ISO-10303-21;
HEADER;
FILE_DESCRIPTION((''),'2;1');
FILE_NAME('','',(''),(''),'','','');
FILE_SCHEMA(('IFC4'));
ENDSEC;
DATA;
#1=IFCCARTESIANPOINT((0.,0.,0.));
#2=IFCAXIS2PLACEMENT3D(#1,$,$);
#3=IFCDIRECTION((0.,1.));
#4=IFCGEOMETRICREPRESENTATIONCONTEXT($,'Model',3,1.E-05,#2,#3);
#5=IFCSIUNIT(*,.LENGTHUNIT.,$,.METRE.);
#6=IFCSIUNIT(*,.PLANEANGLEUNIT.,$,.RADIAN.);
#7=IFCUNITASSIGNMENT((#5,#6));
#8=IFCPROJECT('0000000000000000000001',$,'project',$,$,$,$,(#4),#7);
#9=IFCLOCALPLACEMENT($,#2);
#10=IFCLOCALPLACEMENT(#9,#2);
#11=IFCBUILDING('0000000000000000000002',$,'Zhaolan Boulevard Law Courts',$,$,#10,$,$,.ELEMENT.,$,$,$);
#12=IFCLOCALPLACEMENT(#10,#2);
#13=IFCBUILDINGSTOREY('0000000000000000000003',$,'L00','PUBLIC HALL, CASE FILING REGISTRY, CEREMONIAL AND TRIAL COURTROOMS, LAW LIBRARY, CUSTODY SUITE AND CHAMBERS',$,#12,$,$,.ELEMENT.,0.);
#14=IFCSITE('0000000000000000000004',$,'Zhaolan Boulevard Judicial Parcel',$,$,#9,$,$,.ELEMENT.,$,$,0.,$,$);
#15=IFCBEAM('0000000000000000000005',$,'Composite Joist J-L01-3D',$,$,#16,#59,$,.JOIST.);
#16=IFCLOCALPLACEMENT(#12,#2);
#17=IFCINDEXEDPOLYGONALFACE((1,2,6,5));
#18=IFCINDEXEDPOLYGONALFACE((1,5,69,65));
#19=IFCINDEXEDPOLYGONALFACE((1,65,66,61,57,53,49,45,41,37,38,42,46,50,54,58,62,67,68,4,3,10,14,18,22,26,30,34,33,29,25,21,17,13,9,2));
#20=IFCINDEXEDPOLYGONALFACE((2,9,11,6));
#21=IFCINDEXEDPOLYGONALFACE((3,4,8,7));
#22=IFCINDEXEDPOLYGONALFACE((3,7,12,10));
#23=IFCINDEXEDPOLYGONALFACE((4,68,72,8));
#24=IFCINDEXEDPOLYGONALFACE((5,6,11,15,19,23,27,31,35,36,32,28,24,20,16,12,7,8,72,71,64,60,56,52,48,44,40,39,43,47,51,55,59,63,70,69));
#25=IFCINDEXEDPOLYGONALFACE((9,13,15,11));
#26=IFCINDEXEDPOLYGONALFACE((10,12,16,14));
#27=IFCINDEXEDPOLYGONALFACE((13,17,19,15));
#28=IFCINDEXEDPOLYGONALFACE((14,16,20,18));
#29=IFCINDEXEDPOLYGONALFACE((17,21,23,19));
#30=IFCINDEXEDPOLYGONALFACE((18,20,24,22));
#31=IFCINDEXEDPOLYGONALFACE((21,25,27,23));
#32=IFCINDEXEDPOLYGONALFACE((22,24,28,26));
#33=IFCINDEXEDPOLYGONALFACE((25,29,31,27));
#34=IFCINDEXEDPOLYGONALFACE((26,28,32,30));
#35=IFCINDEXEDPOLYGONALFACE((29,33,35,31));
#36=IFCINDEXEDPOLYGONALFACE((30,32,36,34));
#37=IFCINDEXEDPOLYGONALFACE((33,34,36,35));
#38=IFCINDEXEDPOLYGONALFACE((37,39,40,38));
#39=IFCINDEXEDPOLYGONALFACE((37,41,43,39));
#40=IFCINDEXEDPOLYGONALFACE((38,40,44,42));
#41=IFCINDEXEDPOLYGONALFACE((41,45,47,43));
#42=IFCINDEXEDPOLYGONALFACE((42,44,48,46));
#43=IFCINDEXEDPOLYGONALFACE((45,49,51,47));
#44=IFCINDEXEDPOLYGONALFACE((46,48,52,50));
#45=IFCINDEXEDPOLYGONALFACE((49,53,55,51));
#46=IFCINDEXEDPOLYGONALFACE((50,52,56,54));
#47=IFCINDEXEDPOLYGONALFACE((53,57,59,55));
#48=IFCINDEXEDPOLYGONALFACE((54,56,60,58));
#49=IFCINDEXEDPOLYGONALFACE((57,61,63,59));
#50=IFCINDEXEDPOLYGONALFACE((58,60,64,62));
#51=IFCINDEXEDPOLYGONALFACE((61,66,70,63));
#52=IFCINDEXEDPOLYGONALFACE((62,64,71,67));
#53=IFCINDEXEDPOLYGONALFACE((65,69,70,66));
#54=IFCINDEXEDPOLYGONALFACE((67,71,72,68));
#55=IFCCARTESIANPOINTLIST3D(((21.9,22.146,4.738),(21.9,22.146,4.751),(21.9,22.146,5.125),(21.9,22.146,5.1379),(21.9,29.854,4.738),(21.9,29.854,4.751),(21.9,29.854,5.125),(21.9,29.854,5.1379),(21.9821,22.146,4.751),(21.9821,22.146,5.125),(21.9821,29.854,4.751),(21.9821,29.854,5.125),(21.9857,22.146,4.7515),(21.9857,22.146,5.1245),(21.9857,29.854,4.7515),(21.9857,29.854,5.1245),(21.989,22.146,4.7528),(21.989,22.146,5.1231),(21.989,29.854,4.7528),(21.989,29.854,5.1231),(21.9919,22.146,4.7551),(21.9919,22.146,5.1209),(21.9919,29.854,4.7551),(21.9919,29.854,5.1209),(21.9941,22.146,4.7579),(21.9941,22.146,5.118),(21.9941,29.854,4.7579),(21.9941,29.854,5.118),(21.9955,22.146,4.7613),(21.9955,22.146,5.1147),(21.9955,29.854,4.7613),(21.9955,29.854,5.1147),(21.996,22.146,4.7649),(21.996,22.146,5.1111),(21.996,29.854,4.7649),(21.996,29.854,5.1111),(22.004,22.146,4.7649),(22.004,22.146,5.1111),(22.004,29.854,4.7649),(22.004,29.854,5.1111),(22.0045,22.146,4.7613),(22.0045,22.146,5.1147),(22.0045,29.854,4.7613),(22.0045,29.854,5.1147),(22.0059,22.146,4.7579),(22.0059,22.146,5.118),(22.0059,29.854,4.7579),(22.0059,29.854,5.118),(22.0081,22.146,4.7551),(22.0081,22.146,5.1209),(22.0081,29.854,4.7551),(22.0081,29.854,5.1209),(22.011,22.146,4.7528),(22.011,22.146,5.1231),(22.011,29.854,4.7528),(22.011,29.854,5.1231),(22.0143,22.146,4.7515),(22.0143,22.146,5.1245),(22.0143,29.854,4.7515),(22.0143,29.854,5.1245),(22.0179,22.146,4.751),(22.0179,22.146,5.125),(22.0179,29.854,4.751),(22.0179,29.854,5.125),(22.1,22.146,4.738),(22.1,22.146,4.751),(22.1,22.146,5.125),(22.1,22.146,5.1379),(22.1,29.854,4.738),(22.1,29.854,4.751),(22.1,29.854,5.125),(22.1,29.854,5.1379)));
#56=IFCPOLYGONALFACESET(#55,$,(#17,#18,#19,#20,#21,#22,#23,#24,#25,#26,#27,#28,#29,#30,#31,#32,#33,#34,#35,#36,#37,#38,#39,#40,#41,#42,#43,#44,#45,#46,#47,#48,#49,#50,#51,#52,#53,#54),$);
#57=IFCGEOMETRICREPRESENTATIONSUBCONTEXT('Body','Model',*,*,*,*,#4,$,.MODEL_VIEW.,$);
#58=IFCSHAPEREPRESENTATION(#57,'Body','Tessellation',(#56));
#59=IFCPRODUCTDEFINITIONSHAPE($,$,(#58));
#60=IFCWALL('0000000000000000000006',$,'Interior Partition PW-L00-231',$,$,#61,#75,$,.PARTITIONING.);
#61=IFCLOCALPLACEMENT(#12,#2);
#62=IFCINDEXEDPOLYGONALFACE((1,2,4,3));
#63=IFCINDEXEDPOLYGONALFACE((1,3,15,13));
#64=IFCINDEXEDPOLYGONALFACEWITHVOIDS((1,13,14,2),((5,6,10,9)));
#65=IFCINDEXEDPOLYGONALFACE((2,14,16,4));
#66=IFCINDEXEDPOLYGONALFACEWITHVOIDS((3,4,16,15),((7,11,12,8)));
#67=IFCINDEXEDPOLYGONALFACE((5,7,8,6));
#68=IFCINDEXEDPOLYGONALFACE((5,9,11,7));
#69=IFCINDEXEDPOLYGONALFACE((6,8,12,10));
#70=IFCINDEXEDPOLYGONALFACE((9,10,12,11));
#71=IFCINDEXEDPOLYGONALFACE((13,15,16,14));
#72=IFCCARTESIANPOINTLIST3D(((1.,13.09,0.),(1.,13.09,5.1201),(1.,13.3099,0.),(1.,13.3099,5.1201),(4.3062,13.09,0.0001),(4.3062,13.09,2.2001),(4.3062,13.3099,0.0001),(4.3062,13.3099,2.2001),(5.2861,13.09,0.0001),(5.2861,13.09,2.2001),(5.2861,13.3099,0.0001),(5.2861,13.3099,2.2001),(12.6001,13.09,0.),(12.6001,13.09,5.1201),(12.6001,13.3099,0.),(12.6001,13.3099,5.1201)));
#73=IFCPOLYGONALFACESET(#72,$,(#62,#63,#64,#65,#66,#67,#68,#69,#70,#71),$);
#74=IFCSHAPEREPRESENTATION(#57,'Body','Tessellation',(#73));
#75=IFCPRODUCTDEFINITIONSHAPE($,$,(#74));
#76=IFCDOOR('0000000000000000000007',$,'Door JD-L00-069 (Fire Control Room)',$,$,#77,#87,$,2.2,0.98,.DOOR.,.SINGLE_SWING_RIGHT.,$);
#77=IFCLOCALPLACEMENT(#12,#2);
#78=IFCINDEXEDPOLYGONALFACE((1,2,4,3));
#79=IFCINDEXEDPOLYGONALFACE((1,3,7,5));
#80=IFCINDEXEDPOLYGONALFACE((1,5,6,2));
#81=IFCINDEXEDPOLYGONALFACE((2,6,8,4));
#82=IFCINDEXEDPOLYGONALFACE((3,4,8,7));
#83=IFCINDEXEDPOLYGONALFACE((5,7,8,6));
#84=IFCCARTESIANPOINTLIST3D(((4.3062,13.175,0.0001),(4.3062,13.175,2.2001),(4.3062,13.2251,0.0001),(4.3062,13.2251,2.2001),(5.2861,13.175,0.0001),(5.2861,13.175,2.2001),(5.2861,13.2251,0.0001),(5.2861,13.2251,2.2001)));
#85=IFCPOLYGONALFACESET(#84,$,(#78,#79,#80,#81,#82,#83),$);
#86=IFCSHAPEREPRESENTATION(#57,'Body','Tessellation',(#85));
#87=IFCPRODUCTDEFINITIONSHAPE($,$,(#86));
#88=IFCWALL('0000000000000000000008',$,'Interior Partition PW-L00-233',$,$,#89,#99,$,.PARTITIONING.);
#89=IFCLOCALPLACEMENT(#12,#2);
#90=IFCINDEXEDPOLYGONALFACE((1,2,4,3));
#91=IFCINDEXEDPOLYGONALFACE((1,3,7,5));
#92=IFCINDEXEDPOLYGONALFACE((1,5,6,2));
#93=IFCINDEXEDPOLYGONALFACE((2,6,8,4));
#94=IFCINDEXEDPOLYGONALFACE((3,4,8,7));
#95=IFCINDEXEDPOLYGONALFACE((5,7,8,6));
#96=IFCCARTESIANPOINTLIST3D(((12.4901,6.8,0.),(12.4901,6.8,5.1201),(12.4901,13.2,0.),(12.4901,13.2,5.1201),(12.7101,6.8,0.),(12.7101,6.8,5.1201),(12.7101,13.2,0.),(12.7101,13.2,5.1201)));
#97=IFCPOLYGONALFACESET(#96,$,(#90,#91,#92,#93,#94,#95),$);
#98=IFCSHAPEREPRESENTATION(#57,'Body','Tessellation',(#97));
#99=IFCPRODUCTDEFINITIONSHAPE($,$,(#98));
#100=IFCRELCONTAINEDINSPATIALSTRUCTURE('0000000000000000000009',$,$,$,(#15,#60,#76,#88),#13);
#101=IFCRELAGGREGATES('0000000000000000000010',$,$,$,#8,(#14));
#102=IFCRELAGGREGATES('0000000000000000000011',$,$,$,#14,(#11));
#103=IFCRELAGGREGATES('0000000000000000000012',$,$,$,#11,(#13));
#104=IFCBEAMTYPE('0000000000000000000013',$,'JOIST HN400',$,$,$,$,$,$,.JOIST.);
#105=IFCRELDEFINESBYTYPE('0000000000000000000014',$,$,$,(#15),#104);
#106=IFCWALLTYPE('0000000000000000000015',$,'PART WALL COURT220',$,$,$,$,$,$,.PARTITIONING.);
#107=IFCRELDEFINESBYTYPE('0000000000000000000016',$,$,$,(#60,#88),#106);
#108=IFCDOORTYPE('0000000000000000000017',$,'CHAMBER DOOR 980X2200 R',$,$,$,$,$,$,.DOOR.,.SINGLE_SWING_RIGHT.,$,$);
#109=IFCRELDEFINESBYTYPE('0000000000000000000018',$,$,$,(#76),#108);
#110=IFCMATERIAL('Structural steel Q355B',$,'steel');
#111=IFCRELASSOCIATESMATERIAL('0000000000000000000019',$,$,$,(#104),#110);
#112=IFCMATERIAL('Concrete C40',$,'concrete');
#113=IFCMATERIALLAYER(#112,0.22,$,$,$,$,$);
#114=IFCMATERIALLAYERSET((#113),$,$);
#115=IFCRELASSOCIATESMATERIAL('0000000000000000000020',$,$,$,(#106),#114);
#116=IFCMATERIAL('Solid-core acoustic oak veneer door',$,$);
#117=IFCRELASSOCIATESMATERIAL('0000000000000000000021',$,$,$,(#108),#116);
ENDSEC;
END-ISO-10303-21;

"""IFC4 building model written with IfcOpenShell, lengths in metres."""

from ifc_helpers import new_model, si_unit, direction, frame, frame_2d, origin, origin_2d, place, context, subcontext, project, spatial, rectangle, i_section, extrude, material, layer, layer_set, material_profile, profile_set, type_object, element, fill, save


model = new_model("IFC4")

# Units and contexts
model_context = context("Model", 3, precision=1e-05, world=origin(), true_north=direction((0.0, 1.0)))
body_context = subcontext(model_context, "Body", "Model", "MODEL_VIEW")
ifc_project = project(units=[si_unit("LENGTHUNIT", "METRE"), si_unit("PLANEANGLEUNIT", "RADIAN")], contexts=[model_context])

# Site, building, storey
site_placement = place(None, origin())
site = spatial("IfcSite", under=ifc_project, at=site_placement, Name="Zhaolan Boulevard Judicial Parcel", CompositionType="ELEMENT", RefElevation=0.0)
building_placement = place(site_placement, origin())
building = spatial("IfcBuilding", under=site, at=building_placement, Name="Zhaolan Boulevard Law Courts", CompositionType="ELEMENT")
storey_placement = place(building_placement, origin())
storey = spatial("IfcBuildingStorey", under=building, at=storey_placement, Name="L00", Description="PUBLIC HALL, CASE FILING REGISTRY, CEREMONIAL AND TRIAL COURTROOMS, LAW LIBRARY, CUSTODY SUITE AND CHAMBERS", CompositionType="ELEMENT", Elevation=0.0)

# Beam
ifc_material_1 = material(Name="Structural steel Q355B", Category="steel")
ifc_material_profile_1 = material_profile(ifc_material_1, i_section(OverallWidth=0.2, OverallDepth=0.3999, WebThickness=0.0081, FlangeThickness=0.0129, FilletRadius=0.0139, at=origin_2d()), Name="HN400x200")
ifc_profile_set_1 = profile_set([ifc_material_profile_1], Name="Structural steel Q355B")
beam_type_1 = type_object("IfcBeamType", Name="JOIST HN400", PredefinedType="JOIST", material=ifc_profile_set_1)
beam_1_placement = place(storey_placement, frame((22.0, 22.146, 4.938), z_axis=(0.0, 1.0, 0.0), x_axis=(-1.0, 0.0, 0.0)))
element("IfcBeam", 1, at=beam_1_placement, inside=storey, type_object=beam_type_1, Name="Composite Joist J-L01-3D", PredefinedType="JOIST", context=body_context, shape_type="SweptSolid", body=[
    extrude(i_section(OverallWidth=0.2, OverallDepth=0.3999, WebThickness=0.0081, FlangeThickness=0.0129, FilletRadius=0.0139, at=origin_2d()), origin(), (0.0, 0.0, 1.0), 7.708),
])

# Wall, opening, door
ifc_material_2 = material(Name="Concrete C40", Category="concrete")
ifc_layer = layer(ifc_material_2, 0.22)
ifc_layer_set = layer_set([ifc_layer])
wall_type = type_object("IfcWallType", Name="PART WALL COURT220", PredefinedType="PARTITIONING", material=ifc_layer_set)
wall_1_placement = place(storey_placement, frame((12.6001, 13.2, 0.0), z_axis=(0.0, 0.0, 1.0), x_axis=(-1.0, 0.0, 0.0)))
wall_1 = element("IfcWall", 2, at=wall_1_placement, inside=storey, type_object=wall_type, Name="Interior Partition PW-L00-231", PredefinedType="PARTITIONING", context=body_context, shape_type="SweptSolid", body=[
    extrude(rectangle(XDim=11.6001, YDim=0.22, at=frame_2d((5.8, 0.0))), origin(), (0.0, 0.0, 1.0), 5.1201),
])
opening_placement = place(wall_1_placement, frame((7.314, 0.0, 0.0)))
opening = element("IfcOpeningElement", 3, at=opening_placement, cuts=wall_1, PredefinedType="OPENING", context=body_context, shape_type="SweptSolid", body=[
    extrude(rectangle(XDim=0.98, YDim=2.2, at=frame_2d((0.49, 1.1001))), frame((0.0, 0.1199, 0.0), z_axis=(0.0, -1.0, 0.0), x_axis=(1.0, 0.0, 0.0)), (0.0, 0.0, 1.0), 0.24),
])
ifc_material_3 = material(Name="Solid-core acoustic oak veneer door")
door_type = type_object("IfcDoorType", Name="CHAMBER DOOR 980X2200 R", OperationType="SINGLE_SWING_RIGHT", PredefinedType="DOOR", material=ifc_material_3)
door_placement = place(opening_placement, origin())
door = element("IfcDoor", 4, at=door_placement, inside=storey, type_object=door_type, Name="Door JD-L00-069 (Fire Control Room)", OperationType="SINGLE_SWING_RIGHT", OverallHeight=2.2, OverallWidth=0.98, PredefinedType="DOOR", context=body_context, shape_type="SweptSolid", body=[
    extrude(rectangle(XDim=0.98, YDim=2.2, at=frame_2d((0.49, 1.1001))), frame((0.0, 0.0249, 0.0), z_axis=(0.0, -1.0, 0.0), x_axis=(1.0, 0.0, 0.0)), (0.0, 0.0, 1.0), 0.05),
])
fill(opening, door)

# Wall
wall_2_placement = place(storey_placement, frame((12.6001, 6.8, 0.0), z_axis=(0.0, 0.0, 1.0), x_axis=(0.0, 1.0, 0.0)))
element("IfcWall", 5, at=wall_2_placement, inside=storey, type_object=wall_type, Name="Interior Partition PW-L00-233", PredefinedType="PARTITIONING", context=body_context, shape_type="SweptSolid", body=[
    extrude(rectangle(XDim=6.3999, YDim=0.22, at=frame_2d((3.2, 0.0))), origin(), (0.0, 0.0, 1.0), 5.1201),
])

save(model, "model.ifc")
